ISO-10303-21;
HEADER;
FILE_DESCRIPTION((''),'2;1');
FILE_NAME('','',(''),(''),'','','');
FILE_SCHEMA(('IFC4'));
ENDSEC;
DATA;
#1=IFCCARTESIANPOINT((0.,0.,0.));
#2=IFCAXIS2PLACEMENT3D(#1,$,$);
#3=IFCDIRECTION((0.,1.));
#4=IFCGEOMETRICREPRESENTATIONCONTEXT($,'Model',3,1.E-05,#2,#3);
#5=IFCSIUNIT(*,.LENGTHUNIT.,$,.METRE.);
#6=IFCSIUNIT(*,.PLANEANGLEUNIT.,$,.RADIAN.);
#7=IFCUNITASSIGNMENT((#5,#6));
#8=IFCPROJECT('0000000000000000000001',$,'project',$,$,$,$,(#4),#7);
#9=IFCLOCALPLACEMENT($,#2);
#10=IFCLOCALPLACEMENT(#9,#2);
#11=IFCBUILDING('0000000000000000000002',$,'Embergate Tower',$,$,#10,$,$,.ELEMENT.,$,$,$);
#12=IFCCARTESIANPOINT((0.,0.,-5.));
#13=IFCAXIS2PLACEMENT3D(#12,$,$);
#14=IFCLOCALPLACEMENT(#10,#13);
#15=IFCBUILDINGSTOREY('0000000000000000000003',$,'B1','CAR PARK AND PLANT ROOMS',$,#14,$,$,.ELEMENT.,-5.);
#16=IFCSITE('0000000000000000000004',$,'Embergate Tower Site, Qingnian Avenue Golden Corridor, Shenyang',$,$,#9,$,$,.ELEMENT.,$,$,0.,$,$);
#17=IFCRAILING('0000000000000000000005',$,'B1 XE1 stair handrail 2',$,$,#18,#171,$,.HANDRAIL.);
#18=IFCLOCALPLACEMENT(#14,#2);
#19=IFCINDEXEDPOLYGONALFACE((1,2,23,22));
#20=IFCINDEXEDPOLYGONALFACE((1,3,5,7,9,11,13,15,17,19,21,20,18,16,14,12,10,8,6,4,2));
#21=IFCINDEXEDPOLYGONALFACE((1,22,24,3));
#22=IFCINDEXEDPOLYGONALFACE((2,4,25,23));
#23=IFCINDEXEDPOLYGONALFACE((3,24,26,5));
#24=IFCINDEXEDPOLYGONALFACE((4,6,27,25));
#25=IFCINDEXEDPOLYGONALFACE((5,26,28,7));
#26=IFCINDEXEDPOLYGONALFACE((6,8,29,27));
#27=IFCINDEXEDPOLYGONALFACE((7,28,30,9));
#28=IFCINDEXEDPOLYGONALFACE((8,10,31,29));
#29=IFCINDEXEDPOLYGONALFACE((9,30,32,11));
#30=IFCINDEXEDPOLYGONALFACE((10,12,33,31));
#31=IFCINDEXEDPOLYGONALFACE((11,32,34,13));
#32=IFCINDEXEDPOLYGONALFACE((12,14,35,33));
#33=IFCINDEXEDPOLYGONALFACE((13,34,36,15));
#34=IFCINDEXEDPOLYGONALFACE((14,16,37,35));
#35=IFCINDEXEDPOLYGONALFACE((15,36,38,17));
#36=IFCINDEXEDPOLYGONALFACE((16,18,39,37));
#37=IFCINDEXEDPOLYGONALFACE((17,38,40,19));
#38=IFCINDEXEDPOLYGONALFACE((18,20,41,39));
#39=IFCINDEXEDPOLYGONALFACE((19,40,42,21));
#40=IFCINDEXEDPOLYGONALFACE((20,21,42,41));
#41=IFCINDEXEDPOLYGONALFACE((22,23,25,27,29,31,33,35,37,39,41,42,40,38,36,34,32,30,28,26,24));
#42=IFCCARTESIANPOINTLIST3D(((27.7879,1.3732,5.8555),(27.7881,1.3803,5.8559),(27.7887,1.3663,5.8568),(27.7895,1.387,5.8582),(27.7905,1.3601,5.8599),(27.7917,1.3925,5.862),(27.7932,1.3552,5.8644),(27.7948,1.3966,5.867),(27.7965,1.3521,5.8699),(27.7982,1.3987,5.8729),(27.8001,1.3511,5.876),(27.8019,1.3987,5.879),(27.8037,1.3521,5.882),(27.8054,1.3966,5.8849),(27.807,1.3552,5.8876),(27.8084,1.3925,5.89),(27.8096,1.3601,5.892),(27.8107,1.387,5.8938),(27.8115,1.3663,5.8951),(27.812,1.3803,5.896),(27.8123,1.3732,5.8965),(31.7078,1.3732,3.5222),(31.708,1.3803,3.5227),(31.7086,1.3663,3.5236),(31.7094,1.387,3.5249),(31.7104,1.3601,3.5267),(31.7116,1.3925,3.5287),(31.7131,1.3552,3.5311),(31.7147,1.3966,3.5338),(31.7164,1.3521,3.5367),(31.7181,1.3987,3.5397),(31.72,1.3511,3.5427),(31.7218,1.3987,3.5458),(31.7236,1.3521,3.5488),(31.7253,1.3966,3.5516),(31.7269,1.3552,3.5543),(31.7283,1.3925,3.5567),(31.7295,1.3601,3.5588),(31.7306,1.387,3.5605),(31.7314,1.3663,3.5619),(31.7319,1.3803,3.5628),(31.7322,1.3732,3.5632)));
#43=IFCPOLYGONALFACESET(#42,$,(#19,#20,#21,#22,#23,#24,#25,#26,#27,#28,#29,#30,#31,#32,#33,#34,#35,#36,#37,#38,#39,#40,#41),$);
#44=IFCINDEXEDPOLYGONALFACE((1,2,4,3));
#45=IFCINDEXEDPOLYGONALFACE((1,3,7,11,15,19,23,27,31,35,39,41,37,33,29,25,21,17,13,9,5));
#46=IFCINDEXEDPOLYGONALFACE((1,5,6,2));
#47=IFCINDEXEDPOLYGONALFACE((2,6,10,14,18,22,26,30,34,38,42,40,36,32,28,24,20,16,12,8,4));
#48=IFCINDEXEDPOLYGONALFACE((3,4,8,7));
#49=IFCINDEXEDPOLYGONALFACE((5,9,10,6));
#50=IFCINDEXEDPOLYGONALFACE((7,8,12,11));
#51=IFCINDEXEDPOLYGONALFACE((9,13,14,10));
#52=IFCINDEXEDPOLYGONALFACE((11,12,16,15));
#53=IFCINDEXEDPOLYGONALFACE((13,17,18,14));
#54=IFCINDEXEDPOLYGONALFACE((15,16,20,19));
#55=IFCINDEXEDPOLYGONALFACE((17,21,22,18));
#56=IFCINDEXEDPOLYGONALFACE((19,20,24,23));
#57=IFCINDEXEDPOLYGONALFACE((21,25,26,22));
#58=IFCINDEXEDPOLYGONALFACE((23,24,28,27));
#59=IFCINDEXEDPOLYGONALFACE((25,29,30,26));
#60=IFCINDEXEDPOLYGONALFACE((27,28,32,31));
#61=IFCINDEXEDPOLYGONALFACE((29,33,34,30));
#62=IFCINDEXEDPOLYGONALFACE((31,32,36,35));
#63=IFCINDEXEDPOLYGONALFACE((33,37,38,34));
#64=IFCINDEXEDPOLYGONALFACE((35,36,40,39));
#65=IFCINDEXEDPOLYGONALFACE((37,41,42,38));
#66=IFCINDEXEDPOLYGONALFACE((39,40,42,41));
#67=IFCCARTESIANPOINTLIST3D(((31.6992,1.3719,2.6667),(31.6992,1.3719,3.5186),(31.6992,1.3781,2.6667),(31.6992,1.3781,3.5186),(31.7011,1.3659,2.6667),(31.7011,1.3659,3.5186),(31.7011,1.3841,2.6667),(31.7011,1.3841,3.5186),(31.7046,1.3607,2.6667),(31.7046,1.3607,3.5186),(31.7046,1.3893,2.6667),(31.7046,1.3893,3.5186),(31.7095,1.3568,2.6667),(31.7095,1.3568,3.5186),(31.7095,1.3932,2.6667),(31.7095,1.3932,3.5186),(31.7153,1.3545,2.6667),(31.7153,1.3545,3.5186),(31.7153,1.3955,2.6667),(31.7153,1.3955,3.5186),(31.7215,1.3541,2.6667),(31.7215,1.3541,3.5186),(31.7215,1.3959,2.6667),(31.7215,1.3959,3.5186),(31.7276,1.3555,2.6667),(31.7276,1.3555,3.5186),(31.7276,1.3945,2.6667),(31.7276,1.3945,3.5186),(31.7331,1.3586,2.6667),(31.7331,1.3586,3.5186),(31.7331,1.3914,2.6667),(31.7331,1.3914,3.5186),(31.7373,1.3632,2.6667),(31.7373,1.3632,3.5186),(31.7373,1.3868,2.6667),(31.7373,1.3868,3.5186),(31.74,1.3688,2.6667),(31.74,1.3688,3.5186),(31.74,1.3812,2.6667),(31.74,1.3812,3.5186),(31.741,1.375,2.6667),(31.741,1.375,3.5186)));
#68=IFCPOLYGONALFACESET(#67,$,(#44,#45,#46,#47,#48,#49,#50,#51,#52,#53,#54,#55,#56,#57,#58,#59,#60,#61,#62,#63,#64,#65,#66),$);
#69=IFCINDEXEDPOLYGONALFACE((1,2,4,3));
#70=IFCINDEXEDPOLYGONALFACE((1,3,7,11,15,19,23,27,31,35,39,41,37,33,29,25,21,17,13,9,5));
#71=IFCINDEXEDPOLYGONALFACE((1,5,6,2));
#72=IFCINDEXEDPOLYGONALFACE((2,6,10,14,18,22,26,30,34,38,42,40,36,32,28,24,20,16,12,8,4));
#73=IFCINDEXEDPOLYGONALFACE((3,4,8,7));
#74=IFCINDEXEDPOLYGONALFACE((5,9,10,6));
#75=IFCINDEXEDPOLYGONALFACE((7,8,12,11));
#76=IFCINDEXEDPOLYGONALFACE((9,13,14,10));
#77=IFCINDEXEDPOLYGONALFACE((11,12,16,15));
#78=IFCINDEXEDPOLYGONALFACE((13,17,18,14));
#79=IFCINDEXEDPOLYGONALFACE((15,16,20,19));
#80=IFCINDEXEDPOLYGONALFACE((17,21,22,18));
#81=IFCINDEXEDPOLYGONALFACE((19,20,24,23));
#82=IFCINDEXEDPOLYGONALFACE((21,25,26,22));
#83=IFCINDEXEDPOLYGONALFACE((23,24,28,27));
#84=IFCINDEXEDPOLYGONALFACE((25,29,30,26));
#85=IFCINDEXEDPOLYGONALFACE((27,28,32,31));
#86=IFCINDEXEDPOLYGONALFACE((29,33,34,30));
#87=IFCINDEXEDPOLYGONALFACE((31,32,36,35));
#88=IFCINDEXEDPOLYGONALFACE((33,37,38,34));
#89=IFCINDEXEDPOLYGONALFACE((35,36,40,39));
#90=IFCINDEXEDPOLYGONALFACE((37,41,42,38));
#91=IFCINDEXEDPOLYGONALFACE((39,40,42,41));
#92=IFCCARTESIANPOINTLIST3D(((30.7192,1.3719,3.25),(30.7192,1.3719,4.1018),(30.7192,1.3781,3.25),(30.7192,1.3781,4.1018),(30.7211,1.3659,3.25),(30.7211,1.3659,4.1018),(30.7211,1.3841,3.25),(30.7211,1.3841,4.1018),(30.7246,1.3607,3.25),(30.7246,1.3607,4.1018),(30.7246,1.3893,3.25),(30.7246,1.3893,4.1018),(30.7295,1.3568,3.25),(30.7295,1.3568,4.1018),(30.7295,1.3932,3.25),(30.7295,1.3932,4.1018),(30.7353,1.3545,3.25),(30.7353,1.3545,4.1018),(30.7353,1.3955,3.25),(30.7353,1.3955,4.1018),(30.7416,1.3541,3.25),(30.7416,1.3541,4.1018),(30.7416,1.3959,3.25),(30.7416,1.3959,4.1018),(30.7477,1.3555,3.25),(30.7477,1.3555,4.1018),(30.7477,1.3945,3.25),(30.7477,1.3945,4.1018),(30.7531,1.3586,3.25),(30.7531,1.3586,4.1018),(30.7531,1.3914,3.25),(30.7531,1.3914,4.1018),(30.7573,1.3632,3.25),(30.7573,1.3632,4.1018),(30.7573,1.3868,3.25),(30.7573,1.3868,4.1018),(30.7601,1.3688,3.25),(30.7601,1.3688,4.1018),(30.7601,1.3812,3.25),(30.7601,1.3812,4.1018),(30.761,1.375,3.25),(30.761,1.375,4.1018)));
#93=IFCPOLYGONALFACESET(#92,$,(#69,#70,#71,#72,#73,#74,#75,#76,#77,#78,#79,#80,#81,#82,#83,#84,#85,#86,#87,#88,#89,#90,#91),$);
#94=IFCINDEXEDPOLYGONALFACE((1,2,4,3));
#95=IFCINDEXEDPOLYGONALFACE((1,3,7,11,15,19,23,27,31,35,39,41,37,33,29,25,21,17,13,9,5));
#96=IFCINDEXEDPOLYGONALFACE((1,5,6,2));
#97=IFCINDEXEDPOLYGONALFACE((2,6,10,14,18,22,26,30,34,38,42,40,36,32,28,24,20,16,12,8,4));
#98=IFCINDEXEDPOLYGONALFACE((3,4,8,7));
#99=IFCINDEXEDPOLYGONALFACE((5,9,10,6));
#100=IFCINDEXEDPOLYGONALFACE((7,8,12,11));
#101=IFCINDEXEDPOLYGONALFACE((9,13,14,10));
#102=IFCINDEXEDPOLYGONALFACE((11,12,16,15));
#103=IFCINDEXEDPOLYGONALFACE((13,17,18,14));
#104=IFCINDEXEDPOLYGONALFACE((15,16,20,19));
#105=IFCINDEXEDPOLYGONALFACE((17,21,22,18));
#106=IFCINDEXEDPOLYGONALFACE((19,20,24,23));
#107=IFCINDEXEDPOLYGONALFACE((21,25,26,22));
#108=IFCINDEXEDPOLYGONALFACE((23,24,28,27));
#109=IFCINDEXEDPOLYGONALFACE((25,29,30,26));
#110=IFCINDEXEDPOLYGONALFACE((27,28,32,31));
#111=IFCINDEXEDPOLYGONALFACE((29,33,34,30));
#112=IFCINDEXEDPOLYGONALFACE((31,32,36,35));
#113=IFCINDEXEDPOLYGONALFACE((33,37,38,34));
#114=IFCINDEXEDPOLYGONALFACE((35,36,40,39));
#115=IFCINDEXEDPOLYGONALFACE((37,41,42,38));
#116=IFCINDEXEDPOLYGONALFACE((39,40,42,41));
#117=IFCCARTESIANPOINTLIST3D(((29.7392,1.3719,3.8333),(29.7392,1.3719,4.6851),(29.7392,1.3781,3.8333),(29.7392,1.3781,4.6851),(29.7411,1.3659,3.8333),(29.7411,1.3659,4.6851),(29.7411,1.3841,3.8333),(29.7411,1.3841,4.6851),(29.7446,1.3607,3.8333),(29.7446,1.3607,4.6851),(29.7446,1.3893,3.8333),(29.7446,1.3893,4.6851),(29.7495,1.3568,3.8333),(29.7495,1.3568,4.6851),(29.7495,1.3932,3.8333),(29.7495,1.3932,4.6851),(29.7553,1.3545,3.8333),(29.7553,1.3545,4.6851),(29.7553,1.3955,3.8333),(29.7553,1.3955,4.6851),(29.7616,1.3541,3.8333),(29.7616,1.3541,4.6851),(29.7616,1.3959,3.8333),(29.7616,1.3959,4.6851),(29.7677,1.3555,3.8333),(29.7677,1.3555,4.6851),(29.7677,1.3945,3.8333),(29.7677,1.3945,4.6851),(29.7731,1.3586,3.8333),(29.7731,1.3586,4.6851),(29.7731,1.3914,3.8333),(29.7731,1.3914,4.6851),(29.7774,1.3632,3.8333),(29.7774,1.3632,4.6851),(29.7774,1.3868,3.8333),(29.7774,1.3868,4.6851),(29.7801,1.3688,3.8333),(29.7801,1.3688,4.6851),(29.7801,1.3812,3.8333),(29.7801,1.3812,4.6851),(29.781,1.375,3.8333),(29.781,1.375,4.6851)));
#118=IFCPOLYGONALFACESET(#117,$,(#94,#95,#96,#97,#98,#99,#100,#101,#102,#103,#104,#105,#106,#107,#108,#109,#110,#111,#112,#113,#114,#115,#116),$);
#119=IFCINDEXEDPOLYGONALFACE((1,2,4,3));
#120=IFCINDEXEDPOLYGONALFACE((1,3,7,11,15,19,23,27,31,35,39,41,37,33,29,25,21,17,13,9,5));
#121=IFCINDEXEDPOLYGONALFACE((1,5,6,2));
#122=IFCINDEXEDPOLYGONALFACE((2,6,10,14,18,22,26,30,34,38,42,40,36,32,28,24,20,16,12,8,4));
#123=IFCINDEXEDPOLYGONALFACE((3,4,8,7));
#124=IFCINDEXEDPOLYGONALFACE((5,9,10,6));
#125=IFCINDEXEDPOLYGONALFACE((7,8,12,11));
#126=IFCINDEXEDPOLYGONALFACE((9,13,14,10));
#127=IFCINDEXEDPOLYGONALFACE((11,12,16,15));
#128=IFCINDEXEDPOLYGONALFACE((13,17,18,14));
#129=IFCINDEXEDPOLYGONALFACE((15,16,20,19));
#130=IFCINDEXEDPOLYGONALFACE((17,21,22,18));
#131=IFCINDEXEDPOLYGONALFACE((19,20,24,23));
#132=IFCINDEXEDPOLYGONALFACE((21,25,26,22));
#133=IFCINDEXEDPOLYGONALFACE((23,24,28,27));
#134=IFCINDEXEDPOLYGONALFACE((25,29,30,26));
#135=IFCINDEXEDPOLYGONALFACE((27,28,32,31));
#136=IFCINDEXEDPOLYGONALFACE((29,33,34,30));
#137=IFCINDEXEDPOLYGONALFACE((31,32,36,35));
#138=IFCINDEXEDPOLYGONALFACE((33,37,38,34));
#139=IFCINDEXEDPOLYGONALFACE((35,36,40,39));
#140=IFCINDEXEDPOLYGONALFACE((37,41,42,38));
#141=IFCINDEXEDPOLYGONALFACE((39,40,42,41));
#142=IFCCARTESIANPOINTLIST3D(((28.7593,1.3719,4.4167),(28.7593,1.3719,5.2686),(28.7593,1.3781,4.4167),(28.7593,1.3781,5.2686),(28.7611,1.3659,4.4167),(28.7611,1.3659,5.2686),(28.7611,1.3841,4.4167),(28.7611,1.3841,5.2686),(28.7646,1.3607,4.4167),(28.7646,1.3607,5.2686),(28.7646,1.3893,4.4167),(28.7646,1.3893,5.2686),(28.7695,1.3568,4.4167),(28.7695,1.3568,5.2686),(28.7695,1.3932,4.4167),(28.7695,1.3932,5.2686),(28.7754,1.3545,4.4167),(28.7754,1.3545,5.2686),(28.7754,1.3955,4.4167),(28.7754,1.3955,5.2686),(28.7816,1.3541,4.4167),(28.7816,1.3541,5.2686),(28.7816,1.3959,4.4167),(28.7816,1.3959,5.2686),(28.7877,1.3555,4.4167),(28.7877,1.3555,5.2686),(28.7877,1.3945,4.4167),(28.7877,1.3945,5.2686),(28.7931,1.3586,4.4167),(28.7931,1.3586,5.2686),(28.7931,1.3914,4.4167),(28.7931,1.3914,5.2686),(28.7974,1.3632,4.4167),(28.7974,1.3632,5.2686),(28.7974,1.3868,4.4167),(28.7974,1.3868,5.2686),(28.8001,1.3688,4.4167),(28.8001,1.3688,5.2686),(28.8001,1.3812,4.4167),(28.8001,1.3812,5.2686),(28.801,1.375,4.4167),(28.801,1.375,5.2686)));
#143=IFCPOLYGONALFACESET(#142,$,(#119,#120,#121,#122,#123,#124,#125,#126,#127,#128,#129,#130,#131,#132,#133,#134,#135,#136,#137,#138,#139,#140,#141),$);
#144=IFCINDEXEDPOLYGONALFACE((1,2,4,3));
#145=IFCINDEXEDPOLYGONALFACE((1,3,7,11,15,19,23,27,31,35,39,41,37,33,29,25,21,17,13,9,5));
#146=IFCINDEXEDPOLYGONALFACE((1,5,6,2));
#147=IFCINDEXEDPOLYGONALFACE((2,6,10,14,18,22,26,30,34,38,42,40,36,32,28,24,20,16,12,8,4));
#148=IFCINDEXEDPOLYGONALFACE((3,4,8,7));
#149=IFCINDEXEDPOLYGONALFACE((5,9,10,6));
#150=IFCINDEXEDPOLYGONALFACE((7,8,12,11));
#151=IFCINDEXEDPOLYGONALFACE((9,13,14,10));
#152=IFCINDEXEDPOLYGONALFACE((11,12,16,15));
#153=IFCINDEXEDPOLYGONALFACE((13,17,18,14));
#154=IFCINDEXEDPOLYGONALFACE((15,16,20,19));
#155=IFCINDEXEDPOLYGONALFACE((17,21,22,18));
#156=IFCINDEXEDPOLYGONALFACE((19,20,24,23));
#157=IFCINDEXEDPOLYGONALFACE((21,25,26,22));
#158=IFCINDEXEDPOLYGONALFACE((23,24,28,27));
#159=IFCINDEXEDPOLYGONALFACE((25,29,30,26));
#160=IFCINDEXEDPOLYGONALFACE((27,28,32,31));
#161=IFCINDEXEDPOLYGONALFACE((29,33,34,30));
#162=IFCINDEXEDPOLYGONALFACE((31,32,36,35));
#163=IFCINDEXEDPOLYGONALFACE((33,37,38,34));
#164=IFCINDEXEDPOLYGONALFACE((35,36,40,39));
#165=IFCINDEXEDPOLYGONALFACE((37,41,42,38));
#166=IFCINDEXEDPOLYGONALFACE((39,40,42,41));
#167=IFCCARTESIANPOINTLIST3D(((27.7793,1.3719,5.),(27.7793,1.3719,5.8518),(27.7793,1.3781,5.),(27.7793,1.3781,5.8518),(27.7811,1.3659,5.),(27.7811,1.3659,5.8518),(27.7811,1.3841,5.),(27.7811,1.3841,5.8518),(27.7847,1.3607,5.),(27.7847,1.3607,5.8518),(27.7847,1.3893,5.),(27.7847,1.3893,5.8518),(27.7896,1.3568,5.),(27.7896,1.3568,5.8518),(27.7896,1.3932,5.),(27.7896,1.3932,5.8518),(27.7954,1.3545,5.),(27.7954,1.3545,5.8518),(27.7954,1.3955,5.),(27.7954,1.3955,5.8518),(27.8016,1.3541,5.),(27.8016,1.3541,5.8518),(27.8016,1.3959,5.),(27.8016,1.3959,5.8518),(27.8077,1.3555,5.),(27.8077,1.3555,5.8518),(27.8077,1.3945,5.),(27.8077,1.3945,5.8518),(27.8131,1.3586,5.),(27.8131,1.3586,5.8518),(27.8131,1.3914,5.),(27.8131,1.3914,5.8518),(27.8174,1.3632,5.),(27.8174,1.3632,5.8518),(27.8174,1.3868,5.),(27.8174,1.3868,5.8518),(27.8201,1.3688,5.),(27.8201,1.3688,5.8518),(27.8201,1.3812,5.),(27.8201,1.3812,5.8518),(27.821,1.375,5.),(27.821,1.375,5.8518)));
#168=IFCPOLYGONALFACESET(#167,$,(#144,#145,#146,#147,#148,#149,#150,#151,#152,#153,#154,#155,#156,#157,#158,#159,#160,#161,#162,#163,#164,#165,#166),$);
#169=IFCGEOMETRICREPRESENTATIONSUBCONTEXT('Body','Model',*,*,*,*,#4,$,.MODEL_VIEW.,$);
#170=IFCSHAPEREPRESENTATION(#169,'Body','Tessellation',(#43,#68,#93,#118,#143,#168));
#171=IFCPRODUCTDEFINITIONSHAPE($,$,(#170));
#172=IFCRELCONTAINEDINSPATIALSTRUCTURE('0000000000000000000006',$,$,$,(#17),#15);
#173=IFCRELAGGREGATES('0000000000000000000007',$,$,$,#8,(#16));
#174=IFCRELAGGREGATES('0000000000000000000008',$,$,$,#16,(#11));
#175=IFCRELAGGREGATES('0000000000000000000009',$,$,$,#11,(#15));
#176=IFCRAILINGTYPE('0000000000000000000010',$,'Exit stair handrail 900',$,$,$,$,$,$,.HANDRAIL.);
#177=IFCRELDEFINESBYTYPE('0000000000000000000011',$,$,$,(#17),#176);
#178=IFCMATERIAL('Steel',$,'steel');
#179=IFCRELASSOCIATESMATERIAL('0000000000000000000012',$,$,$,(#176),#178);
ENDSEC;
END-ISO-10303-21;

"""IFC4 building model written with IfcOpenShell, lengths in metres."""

from ifc_helpers import new_model, si_unit, direction, frame, origin, origin_2d, place, context, subcontext, project, spatial, circle, extrude, source, transform, mapped, material, type_object, element, save


model = new_model("IFC4")

# Units and contexts
model_context = context("Model", 3, precision=1e-05, world=origin(), true_north=direction((0.0, 1.0)))
body_context = subcontext(model_context, "Body", "Model", "MODEL_VIEW")
ifc_project = project(units=[si_unit("LENGTHUNIT", "METRE"), si_unit("PLANEANGLEUNIT", "RADIAN")], contexts=[model_context])

# Site, building, storey
site_placement = place(None, origin())
site = spatial("IfcSite", under=ifc_project, at=site_placement, Name="Embergate Tower Site, Qingnian Avenue Golden Corridor, Shenyang", CompositionType="ELEMENT", RefElevation=0.0)
building_placement = place(site_placement, origin())
building = spatial("IfcBuilding", under=site, at=building_placement, Name="Embergate Tower", CompositionType="ELEMENT")
storey_placement = place(building_placement, frame((0.0, 0.0, -5.0)))
storey = spatial("IfcBuildingStorey", under=building, at=storey_placement, Name="B1", Description="CAR PARK AND PLANT ROOMS", CompositionType="ELEMENT", Elevation=-5.0)

# Railing
ifc_material_1 = material(Name="Steel", Category="steel")
railing_type_1 = type_object("IfcRailingType", Name="Exit stair handrail 900", PredefinedType="HANDRAIL", material=ifc_material_1)
shared_shape_1 = source(origin(), body_context, "Body", "SweptSolid", [
    extrude(circle(Radius=0.0239, at=origin_2d()), frame((0.0, 0.0, 0.876), z_axis=(-0.859296, 0.0, 0.511478), x_axis=(0.0, -1.0, 0.0)), (0.0, 0.0, 1.0), 4.5618),
    extrude(circle(Radius=0.021, at=origin_2d()), origin(), (0.0, 0.0, 1.0), 0.8518),
    extrude(circle(Radius=0.021, at=origin_2d()), frame((-0.98, 0.0, 0.5833)), (0.0, 0.0, 1.0), 0.8518),
    extrude(circle(Radius=0.021, at=origin_2d()), frame((-1.96, 0.0, 1.1665)), (0.0, 0.0, 1.0), 0.8518),
    extrude(circle(Radius=0.021, at=origin_2d()), frame((-2.9399, 0.0, 1.75)), (0.0, 0.0, 1.0), 0.8518),
    extrude(circle(Radius=0.021, at=origin_2d()), frame((-3.9199, 0.0, 2.3333)), (0.0, 0.0, 1.0), 0.8518),
])
railing_1_placement = place(storey_placement, frame((31.72, 1.375, 2.6667)))
element("IfcRailing", 1, at=railing_1_placement, inside=storey, type_object=railing_type_1, Name="B1 XE1 stair handrail 2", PredefinedType="HANDRAIL", context=body_context, shape_type="MappedRepresentation", body=[
    mapped(shared_shape_1, transform((0.0, 0.0, 0.0))),
])

save(model, "model.ifc")
